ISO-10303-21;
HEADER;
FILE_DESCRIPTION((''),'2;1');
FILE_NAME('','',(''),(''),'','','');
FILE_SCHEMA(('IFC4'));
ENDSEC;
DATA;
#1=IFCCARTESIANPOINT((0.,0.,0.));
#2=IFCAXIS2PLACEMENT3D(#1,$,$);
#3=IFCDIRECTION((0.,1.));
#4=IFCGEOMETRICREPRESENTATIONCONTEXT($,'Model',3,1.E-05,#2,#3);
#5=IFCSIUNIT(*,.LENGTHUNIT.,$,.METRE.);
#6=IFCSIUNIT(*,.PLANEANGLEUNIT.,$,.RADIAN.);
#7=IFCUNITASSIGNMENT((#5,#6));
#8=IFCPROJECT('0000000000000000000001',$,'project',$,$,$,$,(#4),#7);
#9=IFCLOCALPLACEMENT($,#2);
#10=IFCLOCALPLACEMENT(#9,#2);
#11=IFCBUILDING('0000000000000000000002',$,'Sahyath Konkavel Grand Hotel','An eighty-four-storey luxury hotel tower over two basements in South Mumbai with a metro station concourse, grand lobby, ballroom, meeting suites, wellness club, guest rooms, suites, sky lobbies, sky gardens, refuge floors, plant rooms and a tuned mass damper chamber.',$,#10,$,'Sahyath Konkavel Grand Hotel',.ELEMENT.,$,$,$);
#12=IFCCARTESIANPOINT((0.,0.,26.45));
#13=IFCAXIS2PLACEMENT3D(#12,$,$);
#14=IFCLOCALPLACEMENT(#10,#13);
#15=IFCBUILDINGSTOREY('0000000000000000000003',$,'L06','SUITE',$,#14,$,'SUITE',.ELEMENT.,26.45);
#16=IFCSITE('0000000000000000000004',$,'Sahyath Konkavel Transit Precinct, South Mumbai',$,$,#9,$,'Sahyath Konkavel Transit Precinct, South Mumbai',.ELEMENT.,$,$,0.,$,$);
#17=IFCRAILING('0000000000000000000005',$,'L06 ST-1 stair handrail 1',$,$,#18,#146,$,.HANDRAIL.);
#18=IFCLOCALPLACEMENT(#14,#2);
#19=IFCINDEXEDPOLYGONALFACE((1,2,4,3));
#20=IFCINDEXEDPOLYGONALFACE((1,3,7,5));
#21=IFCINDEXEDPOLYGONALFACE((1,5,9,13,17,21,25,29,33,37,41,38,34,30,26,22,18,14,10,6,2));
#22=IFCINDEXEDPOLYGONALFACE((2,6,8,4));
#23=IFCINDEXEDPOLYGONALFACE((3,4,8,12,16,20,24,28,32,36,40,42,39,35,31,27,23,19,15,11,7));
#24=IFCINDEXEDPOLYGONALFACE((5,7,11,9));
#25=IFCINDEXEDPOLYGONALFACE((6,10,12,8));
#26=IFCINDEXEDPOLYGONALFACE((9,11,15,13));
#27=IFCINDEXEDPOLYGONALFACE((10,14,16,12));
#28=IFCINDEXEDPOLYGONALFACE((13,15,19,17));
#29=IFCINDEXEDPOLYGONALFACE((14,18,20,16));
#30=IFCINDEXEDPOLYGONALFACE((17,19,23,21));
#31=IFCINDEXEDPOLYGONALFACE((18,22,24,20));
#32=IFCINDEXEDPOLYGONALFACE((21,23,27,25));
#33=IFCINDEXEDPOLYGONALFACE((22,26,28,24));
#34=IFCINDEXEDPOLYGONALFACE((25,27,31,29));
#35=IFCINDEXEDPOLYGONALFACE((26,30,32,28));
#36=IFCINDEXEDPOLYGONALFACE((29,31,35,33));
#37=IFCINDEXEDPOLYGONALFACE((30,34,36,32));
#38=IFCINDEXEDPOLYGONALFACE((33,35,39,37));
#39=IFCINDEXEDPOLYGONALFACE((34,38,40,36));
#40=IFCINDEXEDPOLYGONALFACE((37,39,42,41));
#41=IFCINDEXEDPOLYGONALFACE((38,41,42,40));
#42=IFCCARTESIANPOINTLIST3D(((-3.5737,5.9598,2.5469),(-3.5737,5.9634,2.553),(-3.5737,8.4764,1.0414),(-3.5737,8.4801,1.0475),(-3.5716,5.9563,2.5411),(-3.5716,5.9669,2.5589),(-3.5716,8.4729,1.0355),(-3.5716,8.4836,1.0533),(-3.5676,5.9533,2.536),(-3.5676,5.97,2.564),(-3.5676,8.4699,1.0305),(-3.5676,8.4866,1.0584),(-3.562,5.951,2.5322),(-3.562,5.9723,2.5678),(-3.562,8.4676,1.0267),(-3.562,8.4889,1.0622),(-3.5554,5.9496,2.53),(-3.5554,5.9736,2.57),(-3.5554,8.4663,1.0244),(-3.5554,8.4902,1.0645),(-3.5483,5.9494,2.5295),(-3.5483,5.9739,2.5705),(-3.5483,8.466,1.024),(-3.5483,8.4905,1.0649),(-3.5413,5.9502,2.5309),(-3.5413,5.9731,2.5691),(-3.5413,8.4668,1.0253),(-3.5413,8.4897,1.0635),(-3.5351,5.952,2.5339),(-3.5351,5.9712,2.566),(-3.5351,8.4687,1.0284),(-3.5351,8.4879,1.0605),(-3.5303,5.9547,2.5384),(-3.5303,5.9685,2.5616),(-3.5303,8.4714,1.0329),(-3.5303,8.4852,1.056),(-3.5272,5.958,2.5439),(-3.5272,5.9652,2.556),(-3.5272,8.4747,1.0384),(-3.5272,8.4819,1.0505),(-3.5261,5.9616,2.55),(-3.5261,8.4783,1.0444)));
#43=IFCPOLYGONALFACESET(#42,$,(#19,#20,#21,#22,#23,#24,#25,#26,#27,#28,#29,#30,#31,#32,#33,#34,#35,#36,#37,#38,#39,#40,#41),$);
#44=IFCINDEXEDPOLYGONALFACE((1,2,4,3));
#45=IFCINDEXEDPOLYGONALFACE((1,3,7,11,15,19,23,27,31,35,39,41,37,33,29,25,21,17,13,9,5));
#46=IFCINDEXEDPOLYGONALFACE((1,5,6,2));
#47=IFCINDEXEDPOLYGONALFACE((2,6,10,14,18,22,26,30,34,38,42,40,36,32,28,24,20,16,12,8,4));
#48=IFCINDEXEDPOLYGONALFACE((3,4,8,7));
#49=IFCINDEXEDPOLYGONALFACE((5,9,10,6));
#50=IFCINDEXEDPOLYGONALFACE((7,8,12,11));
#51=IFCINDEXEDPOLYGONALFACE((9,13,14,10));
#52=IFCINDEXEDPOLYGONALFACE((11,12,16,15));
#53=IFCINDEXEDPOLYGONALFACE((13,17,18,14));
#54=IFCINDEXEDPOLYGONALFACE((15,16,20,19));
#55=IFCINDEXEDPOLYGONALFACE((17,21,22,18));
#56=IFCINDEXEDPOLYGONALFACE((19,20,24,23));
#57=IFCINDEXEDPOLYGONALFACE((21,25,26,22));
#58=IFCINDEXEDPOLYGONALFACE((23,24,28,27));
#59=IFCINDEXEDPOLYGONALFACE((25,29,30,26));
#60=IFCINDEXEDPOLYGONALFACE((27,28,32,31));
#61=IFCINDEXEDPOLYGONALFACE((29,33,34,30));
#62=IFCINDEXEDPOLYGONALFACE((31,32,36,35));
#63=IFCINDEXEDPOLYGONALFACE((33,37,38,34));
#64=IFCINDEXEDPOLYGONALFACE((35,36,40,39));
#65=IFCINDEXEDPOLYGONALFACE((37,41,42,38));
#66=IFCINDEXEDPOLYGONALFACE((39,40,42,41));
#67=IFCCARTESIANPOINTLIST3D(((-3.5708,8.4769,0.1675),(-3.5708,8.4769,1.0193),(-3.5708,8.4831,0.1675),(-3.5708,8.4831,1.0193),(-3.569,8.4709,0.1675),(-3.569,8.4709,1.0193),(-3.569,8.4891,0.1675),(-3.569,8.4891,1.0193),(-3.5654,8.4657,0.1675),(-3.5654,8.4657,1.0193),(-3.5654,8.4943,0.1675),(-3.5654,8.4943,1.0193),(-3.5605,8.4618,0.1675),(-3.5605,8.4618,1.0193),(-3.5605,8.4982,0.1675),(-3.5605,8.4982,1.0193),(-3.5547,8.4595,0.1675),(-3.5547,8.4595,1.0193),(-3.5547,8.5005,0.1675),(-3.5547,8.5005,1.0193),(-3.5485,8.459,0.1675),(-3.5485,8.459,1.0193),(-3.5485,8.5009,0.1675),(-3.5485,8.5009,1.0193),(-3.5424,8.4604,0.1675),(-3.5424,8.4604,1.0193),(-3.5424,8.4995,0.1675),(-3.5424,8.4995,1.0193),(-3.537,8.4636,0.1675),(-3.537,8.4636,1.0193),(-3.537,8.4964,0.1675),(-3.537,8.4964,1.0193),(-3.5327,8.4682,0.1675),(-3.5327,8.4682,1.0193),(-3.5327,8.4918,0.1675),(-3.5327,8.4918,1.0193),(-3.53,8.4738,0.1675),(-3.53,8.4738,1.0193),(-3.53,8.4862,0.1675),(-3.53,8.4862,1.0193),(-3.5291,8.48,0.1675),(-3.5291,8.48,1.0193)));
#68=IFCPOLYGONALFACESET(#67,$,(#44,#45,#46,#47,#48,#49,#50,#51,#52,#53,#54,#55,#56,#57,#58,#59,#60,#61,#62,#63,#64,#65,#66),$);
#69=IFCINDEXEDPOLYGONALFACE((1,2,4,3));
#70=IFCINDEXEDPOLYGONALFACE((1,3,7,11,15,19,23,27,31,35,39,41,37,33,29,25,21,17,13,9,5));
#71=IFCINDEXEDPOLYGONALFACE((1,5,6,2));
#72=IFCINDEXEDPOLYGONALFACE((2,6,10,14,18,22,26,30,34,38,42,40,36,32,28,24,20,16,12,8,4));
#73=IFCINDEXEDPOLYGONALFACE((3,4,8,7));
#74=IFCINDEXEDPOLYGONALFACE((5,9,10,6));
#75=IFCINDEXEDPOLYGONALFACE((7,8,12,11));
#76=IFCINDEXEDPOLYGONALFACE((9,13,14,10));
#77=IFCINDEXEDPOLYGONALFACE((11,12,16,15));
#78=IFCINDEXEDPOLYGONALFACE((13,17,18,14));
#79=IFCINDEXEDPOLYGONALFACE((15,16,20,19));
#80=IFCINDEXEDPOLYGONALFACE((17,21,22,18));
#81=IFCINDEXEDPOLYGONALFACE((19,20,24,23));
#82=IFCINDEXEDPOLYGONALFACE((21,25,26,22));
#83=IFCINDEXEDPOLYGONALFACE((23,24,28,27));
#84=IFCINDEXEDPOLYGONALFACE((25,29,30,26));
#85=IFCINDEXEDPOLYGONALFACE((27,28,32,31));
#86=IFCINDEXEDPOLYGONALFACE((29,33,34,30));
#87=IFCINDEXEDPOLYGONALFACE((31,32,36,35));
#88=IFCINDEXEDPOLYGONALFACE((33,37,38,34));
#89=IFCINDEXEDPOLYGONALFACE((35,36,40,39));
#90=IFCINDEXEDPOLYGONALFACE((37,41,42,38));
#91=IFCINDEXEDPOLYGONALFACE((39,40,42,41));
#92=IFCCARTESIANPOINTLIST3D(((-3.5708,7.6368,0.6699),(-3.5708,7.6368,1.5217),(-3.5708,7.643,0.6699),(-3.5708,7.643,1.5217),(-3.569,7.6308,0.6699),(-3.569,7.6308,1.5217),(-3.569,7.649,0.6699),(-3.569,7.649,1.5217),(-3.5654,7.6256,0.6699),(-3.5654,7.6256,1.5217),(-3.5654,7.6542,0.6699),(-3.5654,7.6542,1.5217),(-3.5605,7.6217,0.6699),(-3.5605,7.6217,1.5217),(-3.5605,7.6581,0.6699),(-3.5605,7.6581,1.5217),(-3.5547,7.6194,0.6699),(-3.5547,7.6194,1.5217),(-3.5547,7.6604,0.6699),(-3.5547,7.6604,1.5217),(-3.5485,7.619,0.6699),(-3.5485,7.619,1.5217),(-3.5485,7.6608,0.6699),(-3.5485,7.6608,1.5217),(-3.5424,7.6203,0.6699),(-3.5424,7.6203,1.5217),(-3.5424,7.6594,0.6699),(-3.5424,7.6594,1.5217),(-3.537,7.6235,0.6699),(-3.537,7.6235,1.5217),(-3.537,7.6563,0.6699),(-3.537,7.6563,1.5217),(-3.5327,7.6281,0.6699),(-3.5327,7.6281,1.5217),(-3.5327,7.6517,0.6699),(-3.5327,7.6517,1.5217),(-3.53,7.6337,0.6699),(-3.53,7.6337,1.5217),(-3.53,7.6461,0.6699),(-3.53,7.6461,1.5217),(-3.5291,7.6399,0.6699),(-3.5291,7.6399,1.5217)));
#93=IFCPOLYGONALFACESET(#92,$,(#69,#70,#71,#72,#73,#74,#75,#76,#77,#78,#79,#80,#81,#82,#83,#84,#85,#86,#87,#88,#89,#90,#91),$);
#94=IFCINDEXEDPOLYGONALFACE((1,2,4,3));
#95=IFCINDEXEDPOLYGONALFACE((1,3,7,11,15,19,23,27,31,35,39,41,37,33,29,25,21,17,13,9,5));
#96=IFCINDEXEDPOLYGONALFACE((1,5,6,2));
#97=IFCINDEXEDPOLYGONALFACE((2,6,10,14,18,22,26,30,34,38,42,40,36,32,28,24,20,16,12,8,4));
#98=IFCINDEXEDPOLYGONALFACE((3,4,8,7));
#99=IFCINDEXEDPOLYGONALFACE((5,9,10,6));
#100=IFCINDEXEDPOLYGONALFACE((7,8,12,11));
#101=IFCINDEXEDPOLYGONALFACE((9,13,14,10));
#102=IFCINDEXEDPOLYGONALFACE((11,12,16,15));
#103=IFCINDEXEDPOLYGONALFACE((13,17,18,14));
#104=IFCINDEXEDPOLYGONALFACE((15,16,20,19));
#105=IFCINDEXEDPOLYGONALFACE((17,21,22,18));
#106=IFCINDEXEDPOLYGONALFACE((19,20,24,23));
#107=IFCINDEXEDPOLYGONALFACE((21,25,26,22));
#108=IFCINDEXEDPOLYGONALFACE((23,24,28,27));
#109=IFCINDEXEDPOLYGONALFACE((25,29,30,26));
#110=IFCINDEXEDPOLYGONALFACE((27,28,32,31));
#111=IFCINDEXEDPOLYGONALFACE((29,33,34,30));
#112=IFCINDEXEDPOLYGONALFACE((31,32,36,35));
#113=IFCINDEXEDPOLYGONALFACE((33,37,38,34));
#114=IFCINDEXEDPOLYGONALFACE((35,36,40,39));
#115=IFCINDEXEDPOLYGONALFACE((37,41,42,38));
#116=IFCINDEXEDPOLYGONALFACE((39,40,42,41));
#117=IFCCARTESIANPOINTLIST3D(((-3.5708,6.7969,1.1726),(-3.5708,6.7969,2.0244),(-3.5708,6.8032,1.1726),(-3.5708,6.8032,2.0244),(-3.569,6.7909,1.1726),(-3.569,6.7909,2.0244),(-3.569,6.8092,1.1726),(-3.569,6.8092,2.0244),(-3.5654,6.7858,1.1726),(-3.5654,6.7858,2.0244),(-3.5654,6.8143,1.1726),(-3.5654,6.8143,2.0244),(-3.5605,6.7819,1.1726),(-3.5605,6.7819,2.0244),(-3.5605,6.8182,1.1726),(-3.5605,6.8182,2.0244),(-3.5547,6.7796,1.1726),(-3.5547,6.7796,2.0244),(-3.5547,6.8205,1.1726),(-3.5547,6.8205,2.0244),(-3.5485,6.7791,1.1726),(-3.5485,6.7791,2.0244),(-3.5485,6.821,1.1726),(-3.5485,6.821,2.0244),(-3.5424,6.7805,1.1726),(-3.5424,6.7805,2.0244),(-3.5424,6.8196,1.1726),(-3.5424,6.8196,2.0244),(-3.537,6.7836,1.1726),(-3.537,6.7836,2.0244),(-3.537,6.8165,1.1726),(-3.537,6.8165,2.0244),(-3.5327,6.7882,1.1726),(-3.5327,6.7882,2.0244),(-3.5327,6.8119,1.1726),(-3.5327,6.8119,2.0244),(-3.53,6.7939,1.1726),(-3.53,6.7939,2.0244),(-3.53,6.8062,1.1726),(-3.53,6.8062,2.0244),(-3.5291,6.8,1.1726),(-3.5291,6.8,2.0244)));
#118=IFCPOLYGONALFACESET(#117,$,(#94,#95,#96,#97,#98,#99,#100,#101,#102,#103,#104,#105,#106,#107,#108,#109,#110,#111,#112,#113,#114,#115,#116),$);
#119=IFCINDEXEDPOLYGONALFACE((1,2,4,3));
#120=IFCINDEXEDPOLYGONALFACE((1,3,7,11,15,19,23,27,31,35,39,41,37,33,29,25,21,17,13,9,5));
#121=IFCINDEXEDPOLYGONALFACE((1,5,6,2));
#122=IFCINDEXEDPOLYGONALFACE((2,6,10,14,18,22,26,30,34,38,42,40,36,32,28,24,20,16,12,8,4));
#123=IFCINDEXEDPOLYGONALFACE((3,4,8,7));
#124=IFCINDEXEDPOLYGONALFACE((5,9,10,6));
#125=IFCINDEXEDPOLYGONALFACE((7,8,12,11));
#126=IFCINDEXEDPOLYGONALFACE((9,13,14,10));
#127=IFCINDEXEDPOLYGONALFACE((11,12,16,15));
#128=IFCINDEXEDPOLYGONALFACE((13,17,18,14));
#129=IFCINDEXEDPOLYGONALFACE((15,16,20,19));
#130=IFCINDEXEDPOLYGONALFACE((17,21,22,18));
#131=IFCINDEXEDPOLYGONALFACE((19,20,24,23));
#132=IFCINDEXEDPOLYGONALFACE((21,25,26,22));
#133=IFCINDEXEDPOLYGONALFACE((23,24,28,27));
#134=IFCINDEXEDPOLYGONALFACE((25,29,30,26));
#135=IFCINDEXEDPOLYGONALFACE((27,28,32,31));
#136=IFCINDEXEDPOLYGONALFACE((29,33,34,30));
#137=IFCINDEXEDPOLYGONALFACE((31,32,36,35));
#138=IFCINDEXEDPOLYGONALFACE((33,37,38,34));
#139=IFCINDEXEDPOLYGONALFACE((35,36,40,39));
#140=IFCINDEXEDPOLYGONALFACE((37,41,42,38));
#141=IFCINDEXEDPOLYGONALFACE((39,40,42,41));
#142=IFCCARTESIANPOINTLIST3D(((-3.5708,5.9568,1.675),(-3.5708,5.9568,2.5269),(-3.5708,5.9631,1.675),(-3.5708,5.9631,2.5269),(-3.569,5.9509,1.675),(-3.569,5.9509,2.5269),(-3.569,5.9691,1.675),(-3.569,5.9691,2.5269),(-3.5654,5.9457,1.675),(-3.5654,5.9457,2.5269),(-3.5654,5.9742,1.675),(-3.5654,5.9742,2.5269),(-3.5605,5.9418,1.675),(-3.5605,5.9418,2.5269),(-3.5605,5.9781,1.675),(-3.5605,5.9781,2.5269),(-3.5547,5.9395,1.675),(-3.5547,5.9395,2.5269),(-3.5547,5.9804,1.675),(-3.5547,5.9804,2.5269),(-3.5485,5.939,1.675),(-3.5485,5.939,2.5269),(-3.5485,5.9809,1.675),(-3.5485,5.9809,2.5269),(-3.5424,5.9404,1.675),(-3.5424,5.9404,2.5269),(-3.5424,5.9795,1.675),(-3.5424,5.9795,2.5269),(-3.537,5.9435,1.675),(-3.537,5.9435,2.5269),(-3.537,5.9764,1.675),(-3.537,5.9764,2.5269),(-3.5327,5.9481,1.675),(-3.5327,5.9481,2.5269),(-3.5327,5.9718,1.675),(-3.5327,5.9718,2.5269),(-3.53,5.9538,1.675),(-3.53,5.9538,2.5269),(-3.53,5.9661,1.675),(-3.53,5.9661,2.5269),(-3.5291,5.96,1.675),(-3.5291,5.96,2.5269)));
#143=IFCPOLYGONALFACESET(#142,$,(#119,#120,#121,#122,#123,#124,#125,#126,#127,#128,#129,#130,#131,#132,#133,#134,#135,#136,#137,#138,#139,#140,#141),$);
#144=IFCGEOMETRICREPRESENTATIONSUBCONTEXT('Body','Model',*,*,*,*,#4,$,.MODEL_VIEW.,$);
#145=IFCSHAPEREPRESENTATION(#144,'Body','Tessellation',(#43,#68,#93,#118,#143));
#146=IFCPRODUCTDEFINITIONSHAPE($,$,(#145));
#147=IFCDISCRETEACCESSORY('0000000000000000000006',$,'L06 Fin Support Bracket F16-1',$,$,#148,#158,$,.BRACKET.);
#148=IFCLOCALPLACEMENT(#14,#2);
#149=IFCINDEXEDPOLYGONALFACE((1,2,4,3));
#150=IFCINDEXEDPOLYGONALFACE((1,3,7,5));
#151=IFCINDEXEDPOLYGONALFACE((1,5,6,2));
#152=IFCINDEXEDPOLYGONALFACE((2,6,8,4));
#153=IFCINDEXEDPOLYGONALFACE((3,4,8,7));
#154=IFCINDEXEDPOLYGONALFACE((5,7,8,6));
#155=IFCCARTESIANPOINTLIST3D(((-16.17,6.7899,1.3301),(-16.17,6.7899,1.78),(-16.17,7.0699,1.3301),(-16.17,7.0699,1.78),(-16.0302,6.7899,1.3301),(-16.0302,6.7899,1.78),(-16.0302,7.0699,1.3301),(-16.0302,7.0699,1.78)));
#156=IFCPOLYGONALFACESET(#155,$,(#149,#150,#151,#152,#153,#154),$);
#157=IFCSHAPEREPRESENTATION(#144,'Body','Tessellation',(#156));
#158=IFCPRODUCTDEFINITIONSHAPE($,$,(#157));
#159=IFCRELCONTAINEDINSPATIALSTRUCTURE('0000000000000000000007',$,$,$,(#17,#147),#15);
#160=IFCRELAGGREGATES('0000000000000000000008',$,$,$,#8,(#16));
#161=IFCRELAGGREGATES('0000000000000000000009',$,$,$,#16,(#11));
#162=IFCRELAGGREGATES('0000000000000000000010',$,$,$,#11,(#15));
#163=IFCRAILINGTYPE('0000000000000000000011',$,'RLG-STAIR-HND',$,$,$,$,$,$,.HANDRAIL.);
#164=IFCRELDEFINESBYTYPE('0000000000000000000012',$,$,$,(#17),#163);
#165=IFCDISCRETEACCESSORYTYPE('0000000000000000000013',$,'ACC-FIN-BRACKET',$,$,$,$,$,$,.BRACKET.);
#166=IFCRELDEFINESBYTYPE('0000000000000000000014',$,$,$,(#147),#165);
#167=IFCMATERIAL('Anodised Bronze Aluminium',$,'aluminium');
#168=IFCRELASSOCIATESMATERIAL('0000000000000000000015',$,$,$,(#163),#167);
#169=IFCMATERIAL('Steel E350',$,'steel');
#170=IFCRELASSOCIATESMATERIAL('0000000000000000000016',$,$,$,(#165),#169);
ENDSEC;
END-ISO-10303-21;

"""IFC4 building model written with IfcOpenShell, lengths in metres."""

from ifc_helpers import new_model, si_unit, direction, frame, origin, origin_2d, place, context, subcontext, project, spatial, rectangle, circle, extrude, source, transform, mapped, material, type_object, element, save


model = new_model("IFC4")

# Units and contexts
model_context = context("Model", 3, precision=1e-05, world=origin(), true_north=direction((0.0, 1.0)))
body_context = subcontext(model_context, "Body", "Model", "MODEL_VIEW")
ifc_project = project(units=[si_unit("LENGTHUNIT", "METRE"), si_unit("PLANEANGLEUNIT", "RADIAN")], contexts=[model_context])

# Site, building, storey
site_placement = place(None, origin())
site = spatial("IfcSite", under=ifc_project, at=site_placement, Name="Sahyath Konkavel Transit Precinct, South Mumbai", LongName="Sahyath Konkavel Transit Precinct, South Mumbai", CompositionType="ELEMENT", RefElevation=0.0)
building_placement = place(site_placement, origin())
building = spatial("IfcBuilding", under=site, at=building_placement, Name="Sahyath Konkavel Grand Hotel", Description="An eighty-four-storey luxury hotel tower over two basements in South Mumbai with a metro station concourse, grand lobby, ballroom, meeting suites, wellness club, guest rooms, suites, sky lobbies, sky gardens, refuge floors, plant rooms and a tuned mass damper chamber.", LongName="Sahyath Konkavel Grand Hotel", CompositionType="ELEMENT")
storey_placement = place(building_placement, frame((0.0, 0.0, 26.45)))
storey = spatial("IfcBuildingStorey", under=building, at=storey_placement, Name="L06", Description="SUITE", LongName="SUITE", CompositionType="ELEMENT", Elevation=26.45)

# Shared definitions
ifc_material_1 = material(Name="Steel E350", Category="steel")

# Shared definitions
ifc_material_2 = material(Name="Anodised Bronze Aluminium", Category="aluminium")

# Railing
railing_type_1 = type_object("IfcRailingType", Name="RLG-STAIR-HND", PredefinedType="HANDRAIL", material=ifc_material_2)
railing_1_placement = place(storey_placement, frame((-3.55, 8.48, 0.1675)))
element("IfcRailing", 1, at=railing_1_placement, inside=storey, type_object=railing_type_1, Name="L06 ST-1 stair handrail 1", PredefinedType="HANDRAIL", context=body_context, shape_type="SweptSolid", body=[
    extrude(circle(Radius=0.0239, at=origin_2d()), frame((0.0, -0.0017, 0.877), z_axis=(0.0, -0.85816, 0.513383), x_axis=(1.0, 0.0, 0.0)), (0.0, 0.0, 1.0), 2.9326),
    extrude(circle(Radius=0.021, at=origin_2d()), origin(), (0.0, 0.0, 1.0), 0.8518),
    extrude(circle(Radius=0.021, at=origin_2d()), frame((0.0, -0.8401, 0.5024)), (0.0, 0.0, 1.0), 0.8518),
    extrude(circle(Radius=0.021, at=origin_2d()), frame((0.0, -1.6799, 1.0051)), (0.0, 0.0, 1.0), 0.8518),
    extrude(circle(Radius=0.021, at=origin_2d()), frame((0.0, -2.52, 1.5076)), (0.0, 0.0, 1.0), 0.8518),
])

# Discrete accessory
discrete_accessory_type = type_object("IfcDiscreteAccessoryType", Name="ACC-FIN-BRACKET", PredefinedType="BRACKET", material=ifc_material_1)
shared_shape_1 = source(origin(), body_context, "Body", "SweptSolid", [
    extrude(rectangle(XDim=0.28, YDim=0.1399, at=origin_2d()), origin(), (0.0, 0.0, 1.0), 0.45),
])
discrete_accessory_placement = place(storey_placement, frame((-16.1001, 6.9299, 1.3301), z_axis=(0.0, 0.0, 1.0), x_axis=(0.0, 1.0, 0.0)))
element("IfcDiscreteAccessory", 2, at=discrete_accessory_placement, inside=storey, type_object=discrete_accessory_type, Name="L06 Fin Support Bracket F16-1", PredefinedType="BRACKET", context=body_context, shape_type="MappedRepresentation", body=[
    mapped(shared_shape_1, transform((0.0, 0.0, 0.0), scale=1.0)),
])

save(model, "model.ifc")
